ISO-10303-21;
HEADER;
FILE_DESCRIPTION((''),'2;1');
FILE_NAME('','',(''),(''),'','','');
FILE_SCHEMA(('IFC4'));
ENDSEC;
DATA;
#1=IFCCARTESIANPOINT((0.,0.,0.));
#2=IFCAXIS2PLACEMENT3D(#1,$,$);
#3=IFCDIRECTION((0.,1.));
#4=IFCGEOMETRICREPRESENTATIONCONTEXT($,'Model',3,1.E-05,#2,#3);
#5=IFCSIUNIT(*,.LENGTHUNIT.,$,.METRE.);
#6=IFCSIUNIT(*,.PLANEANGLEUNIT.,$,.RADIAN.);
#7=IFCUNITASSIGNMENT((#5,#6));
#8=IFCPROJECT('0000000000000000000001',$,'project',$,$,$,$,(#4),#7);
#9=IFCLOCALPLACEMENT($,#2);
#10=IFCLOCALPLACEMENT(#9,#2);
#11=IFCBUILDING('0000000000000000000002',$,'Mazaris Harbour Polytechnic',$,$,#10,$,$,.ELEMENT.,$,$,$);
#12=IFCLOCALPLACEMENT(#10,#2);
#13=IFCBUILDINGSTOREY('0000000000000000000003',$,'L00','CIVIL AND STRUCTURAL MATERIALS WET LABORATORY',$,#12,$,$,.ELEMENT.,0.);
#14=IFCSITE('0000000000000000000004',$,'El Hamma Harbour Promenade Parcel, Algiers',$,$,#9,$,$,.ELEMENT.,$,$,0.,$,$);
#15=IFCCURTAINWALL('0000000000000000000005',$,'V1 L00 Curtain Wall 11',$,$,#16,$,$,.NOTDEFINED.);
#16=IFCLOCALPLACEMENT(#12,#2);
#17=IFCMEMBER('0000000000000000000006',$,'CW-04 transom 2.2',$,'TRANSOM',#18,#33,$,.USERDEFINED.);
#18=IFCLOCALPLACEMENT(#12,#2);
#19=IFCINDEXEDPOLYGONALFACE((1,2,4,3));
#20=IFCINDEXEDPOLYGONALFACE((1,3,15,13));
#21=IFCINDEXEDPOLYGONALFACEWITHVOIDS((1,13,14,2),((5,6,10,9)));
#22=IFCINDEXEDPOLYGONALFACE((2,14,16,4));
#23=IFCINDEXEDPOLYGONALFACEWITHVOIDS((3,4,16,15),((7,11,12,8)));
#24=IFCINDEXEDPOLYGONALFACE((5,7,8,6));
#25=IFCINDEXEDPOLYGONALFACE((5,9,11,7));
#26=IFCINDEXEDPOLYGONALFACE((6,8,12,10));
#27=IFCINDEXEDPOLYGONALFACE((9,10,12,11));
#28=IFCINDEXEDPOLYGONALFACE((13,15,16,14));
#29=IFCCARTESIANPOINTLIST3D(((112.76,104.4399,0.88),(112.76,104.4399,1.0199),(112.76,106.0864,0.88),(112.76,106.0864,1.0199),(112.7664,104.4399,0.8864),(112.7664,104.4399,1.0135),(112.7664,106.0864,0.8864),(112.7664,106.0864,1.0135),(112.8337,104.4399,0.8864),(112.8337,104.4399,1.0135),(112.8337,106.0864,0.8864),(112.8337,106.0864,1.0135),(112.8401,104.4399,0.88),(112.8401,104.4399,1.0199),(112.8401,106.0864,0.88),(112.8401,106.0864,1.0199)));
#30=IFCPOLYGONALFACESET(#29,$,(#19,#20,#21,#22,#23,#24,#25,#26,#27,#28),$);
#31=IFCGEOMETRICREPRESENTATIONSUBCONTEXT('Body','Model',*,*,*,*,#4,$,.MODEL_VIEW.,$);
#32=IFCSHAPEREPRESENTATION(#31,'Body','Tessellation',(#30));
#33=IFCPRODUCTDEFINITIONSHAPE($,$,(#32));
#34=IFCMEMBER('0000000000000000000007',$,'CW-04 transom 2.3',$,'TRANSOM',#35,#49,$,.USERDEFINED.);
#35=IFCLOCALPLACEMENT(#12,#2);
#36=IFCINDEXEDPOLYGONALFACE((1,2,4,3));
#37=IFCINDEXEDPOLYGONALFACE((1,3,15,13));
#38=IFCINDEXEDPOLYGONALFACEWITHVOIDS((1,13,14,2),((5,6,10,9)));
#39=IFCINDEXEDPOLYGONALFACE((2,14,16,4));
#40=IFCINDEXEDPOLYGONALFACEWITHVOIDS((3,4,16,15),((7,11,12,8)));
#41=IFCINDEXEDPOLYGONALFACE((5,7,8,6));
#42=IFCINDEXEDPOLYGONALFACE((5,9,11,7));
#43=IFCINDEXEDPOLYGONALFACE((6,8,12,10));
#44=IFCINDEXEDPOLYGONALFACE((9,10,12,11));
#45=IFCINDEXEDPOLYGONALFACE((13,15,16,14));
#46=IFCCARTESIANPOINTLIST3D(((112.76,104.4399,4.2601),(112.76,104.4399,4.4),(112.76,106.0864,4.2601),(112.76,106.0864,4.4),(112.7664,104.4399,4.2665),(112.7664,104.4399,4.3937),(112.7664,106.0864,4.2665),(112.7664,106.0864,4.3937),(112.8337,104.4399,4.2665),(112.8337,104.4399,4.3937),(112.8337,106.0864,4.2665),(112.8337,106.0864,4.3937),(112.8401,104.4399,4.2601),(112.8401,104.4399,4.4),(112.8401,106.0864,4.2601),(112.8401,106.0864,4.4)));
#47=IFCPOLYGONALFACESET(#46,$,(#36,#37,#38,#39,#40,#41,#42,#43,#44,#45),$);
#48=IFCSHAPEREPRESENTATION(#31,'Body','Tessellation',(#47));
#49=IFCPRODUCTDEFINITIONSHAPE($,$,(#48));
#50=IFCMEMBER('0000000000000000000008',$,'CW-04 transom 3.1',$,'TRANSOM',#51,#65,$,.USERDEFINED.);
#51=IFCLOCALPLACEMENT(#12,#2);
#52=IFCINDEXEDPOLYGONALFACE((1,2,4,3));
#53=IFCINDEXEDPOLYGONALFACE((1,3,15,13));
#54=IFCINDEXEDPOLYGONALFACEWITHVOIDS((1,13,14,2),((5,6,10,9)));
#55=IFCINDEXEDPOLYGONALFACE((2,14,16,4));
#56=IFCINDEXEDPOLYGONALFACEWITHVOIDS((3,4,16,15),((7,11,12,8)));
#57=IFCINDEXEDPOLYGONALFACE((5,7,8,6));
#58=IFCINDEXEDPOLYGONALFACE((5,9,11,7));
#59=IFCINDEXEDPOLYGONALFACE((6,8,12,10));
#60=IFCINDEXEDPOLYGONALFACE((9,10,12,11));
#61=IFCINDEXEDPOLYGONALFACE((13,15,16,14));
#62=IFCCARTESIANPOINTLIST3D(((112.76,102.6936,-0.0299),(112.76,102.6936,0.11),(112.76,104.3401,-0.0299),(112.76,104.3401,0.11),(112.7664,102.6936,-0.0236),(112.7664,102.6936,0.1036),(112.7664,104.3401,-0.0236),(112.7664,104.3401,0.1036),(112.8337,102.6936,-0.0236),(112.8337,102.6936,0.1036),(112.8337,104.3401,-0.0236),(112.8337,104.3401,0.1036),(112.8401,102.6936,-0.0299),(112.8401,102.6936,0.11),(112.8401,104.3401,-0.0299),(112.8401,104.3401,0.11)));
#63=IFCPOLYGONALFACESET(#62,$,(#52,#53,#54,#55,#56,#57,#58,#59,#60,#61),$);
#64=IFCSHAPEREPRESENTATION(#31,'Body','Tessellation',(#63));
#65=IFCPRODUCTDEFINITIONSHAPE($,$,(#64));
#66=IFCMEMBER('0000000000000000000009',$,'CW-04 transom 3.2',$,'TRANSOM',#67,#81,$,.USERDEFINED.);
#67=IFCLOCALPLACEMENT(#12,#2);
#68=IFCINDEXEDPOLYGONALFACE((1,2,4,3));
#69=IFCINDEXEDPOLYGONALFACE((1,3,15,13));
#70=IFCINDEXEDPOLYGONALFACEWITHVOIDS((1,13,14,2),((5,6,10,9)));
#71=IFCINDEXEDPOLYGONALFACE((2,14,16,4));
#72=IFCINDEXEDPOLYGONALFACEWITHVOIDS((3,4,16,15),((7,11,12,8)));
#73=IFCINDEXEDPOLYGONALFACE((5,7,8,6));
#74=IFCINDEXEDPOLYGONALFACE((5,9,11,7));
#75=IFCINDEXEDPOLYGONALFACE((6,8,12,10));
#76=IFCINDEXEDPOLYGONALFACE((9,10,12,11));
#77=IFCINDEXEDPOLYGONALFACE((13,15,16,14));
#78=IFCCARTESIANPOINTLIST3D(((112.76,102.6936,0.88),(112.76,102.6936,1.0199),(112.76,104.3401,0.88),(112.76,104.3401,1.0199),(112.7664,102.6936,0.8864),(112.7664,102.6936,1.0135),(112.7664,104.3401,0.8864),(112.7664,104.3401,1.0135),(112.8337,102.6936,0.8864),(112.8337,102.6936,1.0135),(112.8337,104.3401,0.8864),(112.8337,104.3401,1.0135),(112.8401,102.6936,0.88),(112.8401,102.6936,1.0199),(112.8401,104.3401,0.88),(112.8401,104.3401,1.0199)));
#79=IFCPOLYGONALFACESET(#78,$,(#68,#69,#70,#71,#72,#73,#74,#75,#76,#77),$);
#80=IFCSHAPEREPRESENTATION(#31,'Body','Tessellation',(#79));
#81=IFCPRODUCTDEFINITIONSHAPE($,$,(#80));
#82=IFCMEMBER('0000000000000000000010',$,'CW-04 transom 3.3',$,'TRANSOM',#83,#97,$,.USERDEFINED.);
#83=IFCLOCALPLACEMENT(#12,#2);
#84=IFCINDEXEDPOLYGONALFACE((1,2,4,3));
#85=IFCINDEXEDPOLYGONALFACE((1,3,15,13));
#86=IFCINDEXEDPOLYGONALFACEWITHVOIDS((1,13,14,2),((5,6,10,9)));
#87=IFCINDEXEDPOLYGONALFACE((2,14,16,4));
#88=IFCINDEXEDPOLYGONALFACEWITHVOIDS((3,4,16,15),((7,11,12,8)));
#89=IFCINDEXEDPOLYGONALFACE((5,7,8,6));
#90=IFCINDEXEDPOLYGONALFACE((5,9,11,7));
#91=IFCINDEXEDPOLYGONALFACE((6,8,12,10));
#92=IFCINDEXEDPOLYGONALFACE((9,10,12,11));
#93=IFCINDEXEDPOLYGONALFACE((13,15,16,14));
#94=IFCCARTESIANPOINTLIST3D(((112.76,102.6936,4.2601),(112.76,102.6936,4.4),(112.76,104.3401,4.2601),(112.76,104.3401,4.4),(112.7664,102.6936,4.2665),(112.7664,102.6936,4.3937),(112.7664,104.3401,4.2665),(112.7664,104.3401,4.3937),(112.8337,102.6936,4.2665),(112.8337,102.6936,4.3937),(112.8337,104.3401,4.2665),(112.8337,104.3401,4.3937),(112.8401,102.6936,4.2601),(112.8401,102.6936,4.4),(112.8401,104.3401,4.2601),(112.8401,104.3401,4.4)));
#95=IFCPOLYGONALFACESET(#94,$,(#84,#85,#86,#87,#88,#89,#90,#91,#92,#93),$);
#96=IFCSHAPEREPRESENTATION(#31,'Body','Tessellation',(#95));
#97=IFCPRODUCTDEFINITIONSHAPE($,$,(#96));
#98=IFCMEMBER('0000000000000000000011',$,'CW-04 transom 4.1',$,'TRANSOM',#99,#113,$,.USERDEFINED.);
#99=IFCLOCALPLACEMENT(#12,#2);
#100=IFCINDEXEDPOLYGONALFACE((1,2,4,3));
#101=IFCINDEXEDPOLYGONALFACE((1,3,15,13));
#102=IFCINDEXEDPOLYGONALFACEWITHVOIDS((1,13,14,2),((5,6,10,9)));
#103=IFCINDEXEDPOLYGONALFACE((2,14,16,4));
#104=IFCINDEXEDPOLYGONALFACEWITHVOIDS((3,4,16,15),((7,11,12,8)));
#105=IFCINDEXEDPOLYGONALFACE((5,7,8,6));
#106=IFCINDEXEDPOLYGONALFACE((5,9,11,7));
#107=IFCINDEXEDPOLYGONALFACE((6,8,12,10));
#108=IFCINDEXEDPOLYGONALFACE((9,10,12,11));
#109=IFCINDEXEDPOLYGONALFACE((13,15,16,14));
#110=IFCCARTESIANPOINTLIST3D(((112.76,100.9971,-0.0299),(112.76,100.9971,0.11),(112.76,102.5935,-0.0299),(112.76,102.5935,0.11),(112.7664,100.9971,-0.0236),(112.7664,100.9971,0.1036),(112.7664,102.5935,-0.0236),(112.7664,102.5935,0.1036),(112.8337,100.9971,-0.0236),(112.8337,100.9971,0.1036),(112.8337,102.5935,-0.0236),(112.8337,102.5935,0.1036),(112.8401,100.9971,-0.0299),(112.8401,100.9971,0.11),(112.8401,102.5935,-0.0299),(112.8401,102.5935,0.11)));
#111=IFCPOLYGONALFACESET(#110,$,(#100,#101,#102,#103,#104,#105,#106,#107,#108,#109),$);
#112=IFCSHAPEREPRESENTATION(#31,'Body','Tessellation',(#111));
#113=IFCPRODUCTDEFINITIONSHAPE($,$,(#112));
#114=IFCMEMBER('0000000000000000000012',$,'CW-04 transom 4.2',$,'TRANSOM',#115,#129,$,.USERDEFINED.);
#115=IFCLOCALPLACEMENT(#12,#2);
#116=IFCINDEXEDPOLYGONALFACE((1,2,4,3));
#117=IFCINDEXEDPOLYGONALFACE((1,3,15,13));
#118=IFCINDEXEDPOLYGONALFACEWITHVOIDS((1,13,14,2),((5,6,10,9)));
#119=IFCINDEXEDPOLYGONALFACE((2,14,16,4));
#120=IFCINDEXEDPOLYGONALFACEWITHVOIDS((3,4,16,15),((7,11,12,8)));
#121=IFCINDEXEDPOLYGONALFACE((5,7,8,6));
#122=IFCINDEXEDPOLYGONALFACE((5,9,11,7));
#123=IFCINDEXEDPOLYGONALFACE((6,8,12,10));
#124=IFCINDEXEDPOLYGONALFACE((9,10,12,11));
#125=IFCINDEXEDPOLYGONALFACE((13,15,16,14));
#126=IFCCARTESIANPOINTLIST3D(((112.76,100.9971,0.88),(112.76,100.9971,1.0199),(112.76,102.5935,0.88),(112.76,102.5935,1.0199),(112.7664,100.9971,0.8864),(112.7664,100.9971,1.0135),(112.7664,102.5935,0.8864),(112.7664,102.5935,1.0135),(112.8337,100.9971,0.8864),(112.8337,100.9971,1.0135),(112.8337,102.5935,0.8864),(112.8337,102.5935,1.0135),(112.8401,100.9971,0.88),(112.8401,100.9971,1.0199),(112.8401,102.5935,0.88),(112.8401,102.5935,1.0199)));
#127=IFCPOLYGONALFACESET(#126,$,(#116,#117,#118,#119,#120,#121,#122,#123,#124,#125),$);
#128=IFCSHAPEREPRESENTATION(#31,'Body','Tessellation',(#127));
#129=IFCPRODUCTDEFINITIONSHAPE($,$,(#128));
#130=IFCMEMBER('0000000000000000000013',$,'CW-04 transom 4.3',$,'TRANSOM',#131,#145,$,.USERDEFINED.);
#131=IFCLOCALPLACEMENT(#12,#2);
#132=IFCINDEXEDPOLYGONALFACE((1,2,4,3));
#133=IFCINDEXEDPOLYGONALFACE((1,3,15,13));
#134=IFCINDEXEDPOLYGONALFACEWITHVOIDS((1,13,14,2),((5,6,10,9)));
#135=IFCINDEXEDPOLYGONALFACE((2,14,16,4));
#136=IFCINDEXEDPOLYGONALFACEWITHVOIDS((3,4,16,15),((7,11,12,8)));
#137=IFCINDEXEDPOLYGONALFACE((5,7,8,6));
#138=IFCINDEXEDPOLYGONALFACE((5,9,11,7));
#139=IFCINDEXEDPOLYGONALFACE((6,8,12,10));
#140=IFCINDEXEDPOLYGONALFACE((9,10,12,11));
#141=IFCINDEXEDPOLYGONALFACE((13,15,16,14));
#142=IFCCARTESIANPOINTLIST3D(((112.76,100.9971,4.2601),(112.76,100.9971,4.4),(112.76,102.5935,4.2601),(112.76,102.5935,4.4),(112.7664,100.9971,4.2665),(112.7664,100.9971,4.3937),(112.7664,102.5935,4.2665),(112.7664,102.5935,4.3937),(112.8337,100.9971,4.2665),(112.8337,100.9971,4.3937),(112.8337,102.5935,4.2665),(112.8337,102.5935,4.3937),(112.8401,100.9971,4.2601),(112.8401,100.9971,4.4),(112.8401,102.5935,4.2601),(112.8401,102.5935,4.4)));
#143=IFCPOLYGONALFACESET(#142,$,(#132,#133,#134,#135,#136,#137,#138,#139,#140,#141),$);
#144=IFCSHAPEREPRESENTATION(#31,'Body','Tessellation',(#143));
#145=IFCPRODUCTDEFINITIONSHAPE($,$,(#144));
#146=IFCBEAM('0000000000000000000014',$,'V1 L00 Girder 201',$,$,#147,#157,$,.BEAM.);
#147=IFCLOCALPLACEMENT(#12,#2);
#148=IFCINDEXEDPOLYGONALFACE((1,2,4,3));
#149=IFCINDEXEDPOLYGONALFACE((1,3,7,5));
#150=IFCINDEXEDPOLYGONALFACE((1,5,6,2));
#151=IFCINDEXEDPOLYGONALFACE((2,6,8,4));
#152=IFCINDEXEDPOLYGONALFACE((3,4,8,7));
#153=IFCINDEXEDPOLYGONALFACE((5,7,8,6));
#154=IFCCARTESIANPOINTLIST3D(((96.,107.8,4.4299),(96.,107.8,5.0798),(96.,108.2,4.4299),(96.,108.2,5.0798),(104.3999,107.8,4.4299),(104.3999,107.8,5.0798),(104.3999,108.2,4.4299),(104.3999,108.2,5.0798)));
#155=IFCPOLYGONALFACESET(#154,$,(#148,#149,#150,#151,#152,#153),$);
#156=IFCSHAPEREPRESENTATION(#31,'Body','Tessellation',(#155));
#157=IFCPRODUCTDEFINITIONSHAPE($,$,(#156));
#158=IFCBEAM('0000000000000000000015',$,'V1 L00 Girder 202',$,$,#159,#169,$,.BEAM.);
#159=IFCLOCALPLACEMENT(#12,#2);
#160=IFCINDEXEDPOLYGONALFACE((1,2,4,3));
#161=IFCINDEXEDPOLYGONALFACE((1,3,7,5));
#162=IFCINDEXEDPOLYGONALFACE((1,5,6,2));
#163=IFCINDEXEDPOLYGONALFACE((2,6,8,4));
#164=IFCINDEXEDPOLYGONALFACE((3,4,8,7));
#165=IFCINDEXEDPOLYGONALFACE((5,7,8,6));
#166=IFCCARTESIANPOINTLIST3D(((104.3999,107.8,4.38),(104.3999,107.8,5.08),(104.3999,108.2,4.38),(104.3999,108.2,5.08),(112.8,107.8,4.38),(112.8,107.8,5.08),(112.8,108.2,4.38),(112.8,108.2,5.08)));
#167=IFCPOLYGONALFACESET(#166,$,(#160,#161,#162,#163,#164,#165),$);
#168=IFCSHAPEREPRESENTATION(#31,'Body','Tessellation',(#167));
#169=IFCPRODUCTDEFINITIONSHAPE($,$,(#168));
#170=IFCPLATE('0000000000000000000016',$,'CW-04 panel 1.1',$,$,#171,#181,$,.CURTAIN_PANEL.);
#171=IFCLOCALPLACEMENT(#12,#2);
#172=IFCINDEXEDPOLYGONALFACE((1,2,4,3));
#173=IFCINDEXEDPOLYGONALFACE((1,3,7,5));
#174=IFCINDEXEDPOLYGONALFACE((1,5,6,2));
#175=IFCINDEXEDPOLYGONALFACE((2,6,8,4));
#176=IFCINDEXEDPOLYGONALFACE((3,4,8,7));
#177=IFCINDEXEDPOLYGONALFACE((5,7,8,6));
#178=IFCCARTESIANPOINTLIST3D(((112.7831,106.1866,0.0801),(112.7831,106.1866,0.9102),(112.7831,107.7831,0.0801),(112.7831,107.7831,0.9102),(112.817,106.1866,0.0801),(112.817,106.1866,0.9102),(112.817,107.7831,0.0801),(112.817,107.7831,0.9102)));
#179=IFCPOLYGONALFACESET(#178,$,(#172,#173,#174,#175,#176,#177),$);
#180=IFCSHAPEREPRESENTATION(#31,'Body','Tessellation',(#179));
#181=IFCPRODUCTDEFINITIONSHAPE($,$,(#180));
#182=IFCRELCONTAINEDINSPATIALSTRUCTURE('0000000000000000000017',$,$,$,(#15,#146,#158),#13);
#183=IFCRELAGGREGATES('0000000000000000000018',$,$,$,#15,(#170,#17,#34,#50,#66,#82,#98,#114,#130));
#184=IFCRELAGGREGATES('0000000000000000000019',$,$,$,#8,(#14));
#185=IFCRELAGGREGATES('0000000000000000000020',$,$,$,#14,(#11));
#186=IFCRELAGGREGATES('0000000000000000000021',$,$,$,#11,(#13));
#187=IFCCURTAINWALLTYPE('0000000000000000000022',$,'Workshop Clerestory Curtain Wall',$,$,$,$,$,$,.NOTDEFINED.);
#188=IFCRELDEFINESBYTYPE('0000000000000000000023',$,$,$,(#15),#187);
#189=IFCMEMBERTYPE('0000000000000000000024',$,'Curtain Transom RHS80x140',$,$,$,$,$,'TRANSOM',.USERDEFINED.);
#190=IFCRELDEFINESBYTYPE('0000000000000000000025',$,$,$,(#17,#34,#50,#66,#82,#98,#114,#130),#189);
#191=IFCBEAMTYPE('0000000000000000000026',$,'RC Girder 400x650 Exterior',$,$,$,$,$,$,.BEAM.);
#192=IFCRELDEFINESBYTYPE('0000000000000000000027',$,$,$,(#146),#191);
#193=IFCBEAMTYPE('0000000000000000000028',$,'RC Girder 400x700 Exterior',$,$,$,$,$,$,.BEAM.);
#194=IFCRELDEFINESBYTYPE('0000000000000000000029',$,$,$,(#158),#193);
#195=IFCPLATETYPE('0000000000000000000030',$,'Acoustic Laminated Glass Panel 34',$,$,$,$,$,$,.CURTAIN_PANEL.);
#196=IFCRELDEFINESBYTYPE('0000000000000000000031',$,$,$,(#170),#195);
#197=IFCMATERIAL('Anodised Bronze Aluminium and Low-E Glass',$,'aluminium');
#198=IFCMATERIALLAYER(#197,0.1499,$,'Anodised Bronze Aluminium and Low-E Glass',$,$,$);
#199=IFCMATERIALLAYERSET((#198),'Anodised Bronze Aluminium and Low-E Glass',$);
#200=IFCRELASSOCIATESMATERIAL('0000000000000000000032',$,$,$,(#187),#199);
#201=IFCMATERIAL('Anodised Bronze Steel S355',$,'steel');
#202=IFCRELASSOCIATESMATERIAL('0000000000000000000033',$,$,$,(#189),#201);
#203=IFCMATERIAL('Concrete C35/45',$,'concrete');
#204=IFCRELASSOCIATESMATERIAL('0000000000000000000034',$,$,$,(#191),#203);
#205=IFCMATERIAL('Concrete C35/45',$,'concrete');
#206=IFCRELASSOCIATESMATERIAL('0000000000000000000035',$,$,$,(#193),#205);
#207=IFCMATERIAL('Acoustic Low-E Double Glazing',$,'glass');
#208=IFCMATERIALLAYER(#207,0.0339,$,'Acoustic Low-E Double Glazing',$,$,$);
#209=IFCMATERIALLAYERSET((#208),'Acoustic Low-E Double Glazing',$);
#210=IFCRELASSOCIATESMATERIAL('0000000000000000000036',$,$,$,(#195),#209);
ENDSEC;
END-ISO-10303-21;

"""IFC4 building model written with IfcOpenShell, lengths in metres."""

from ifc_helpers import new_model, si_unit, direction, frame, origin, origin_2d, place, context, subcontext, project, spatial, rectangle, hollow_rectangle, extrude, material, layer, layer_set, material_profile, profile_set, type_object, element, aggregate, save


model = new_model("IFC4")

# Units and contexts
model_context = context("Model", 3, precision=1e-05, world=origin(), true_north=direction((0.0, 1.0)))
body_context = subcontext(model_context, "Body", "Model", "MODEL_VIEW")
ifc_project = project(units=[si_unit("LENGTHUNIT", "METRE"), si_unit("PLANEANGLEUNIT", "RADIAN")], contexts=[model_context])

# Site, building, storey
site_placement = place(None, origin())
site = spatial("IfcSite", under=ifc_project, at=site_placement, Name="El Hamma Harbour Promenade Parcel, Algiers", CompositionType="ELEMENT", RefElevation=0.0)
building_placement = place(site_placement, origin())
building = spatial("IfcBuilding", under=site, at=building_placement, Name="Mazaris Harbour Polytechnic", CompositionType="ELEMENT")
storey_placement = place(building_placement, origin())
storey = spatial("IfcBuildingStorey", under=building, at=storey_placement, Name="L00", Description="CIVIL AND STRUCTURAL MATERIALS WET LABORATORY", CompositionType="ELEMENT", Elevation=0.0)

# Curtain wall, members
ifc_material_1 = material(Name="Anodised Bronze Aluminium and Low-E Glass", Category="aluminium")
ifc_layer_1 = layer(ifc_material_1, 0.1499, Name="Anodised Bronze Aluminium and Low-E Glass")
ifc_layer_set_1 = layer_set([ifc_layer_1], Name="Anodised Bronze Aluminium and Low-E Glass")
curtain_wall_type = type_object("IfcCurtainWallType", Name="Workshop Clerestory Curtain Wall", PredefinedType="NOTDEFINED", material=ifc_layer_set_1)
curtain_wall_placement = place(storey_placement, origin())
curtain_wall = element("IfcCurtainWall", 1, at=curtain_wall_placement, inside=storey, type_object=curtain_wall_type, Name="V1 L00 Curtain Wall 11", PredefinedType="NOTDEFINED")
ifc_material_2 = material(Name="Anodised Bronze Steel S355", Category="steel")
ifc_material_profile_1 = material_profile(ifc_material_2, hollow_rectangle(XDim=0.0801, YDim=0.1399, WallThickness=0.0063, at=origin_2d()), Name="RHS 80x140x6.3")
ifc_profile_set_1 = profile_set([ifc_material_profile_1], Name="Anodised Bronze Steel S355")
member_type_1 = type_object("IfcMemberType", Name="Curtain Transom RHS80x140", ElementType="TRANSOM", PredefinedType="USERDEFINED", material=ifc_profile_set_1)
member_1_placement = place(storey_placement, frame((112.8, 106.0864, 0.95), z_axis=(0.0, -1.0, 0.0), x_axis=(1.0, 0.0, 0.0)))
member_1 = element("IfcMember", 2, at=member_1_placement, type_object=member_type_1, Name="CW-04 transom 2.2", ObjectType="TRANSOM", PredefinedType="USERDEFINED", context=body_context, shape_type="SweptSolid", body=[
    extrude(hollow_rectangle(XDim=0.0801, YDim=0.1399, WallThickness=0.0063, at=origin_2d()), origin(), (0.0, 0.0, 1.0), 1.6465),
])
member_2_placement = place(storey_placement, frame((112.8, 106.0864, 4.3301), z_axis=(0.0, -1.0, 0.0), x_axis=(1.0, 0.0, 0.0)))
member_2 = element("IfcMember", 3, at=member_2_placement, type_object=member_type_1, Name="CW-04 transom 2.3", ObjectType="TRANSOM", PredefinedType="USERDEFINED", context=body_context, shape_type="SweptSolid", body=[
    extrude(hollow_rectangle(XDim=0.0801, YDim=0.1399, WallThickness=0.0063, at=origin_2d()), origin(), (0.0, 0.0, 1.0), 1.6465),
])
member_3_placement = place(storey_placement, frame((112.8, 104.3401, 0.04), z_axis=(0.0, -1.0, 0.0), x_axis=(1.0, 0.0, 0.0)))
member_3 = element("IfcMember", 4, at=member_3_placement, type_object=member_type_1, Name="CW-04 transom 3.1", ObjectType="TRANSOM", PredefinedType="USERDEFINED", context=body_context, shape_type="SweptSolid", body=[
    extrude(hollow_rectangle(XDim=0.0801, YDim=0.1399, WallThickness=0.0063, at=origin_2d()), origin(), (0.0, 0.0, 1.0), 1.6465),
])
member_4_placement = place(storey_placement, frame((112.8, 104.3401, 0.95), z_axis=(0.0, -1.0, 0.0), x_axis=(1.0, 0.0, 0.0)))
member_4 = element("IfcMember", 5, at=member_4_placement, type_object=member_type_1, Name="CW-04 transom 3.2", ObjectType="TRANSOM", PredefinedType="USERDEFINED", context=body_context, shape_type="SweptSolid", body=[
    extrude(hollow_rectangle(XDim=0.0801, YDim=0.1399, WallThickness=0.0063, at=origin_2d()), origin(), (0.0, 0.0, 1.0), 1.6465),
])
member_5_placement = place(storey_placement, frame((112.8, 104.3401, 4.3301), z_axis=(0.0, -1.0, 0.0), x_axis=(1.0, 0.0, 0.0)))
member_5 = element("IfcMember", 6, at=member_5_placement, type_object=member_type_1, Name="CW-04 transom 3.3", ObjectType="TRANSOM", PredefinedType="USERDEFINED", context=body_context, shape_type="SweptSolid", body=[
    extrude(hollow_rectangle(XDim=0.0801, YDim=0.1399, WallThickness=0.0063, at=origin_2d()), origin(), (0.0, 0.0, 1.0), 1.6465),
])
member_6_placement = place(storey_placement, frame((112.8, 102.5935, 0.04), z_axis=(0.0, -1.0, 0.0), x_axis=(1.0, 0.0, 0.0)))
member_6 = element("IfcMember", 7, at=member_6_placement, type_object=member_type_1, Name="CW-04 transom 4.1", ObjectType="TRANSOM", PredefinedType="USERDEFINED", context=body_context, shape_type="SweptSolid", body=[
    extrude(hollow_rectangle(XDim=0.0801, YDim=0.1399, WallThickness=0.0063, at=origin_2d()), origin(), (0.0, 0.0, 1.0), 1.5964),
])
member_7_placement = place(storey_placement, frame((112.8, 102.5935, 0.95), z_axis=(0.0, -1.0, 0.0), x_axis=(1.0, 0.0, 0.0)))
member_7 = element("IfcMember", 8, at=member_7_placement, type_object=member_type_1, Name="CW-04 transom 4.2", ObjectType="TRANSOM", PredefinedType="USERDEFINED", context=body_context, shape_type="SweptSolid", body=[
    extrude(hollow_rectangle(XDim=0.0801, YDim=0.1399, WallThickness=0.0063, at=origin_2d()), origin(), (0.0, 0.0, 1.0), 1.5964),
])
member_8_placement = place(storey_placement, frame((112.8, 102.5935, 4.3301), z_axis=(0.0, -1.0, 0.0), x_axis=(1.0, 0.0, 0.0)))
member_8 = element("IfcMember", 9, at=member_8_placement, type_object=member_type_1, Name="CW-04 transom 4.3", ObjectType="TRANSOM", PredefinedType="USERDEFINED", context=body_context, shape_type="SweptSolid", body=[
    extrude(hollow_rectangle(XDim=0.0801, YDim=0.1399, WallThickness=0.0063, at=origin_2d()), origin(), (0.0, 0.0, 1.0), 1.5964),
])

# Beams
ifc_material_3 = material(Name="Concrete C35/45", Category="concrete")
ifc_material_profile_2 = material_profile(ifc_material_3, rectangle(XDim=0.3999, YDim=0.6499, at=origin_2d()), Name="RECT400x650")
ifc_profile_set_2 = profile_set([ifc_material_profile_2], Name="Concrete C35/45")
beam_type_1 = type_object("IfcBeamType", Name="RC Girder 400x650 Exterior", PredefinedType="BEAM", material=ifc_profile_set_2)
beam_1_placement = place(storey_placement, frame((96.0, 108.0, 4.7549), z_axis=(1.0, 0.0, 0.0), x_axis=(0.0, 1.0, 0.0)))
element("IfcBeam", 10, at=beam_1_placement, inside=storey, type_object=beam_type_1, Name="V1 L00 Girder 201", PredefinedType="BEAM", context=body_context, shape_type="SweptSolid", body=[
    extrude(rectangle(XDim=0.3999, YDim=0.6499, at=origin_2d()), origin(), (0.0, 0.0, 1.0), 8.3999),
])
ifc_material_4 = material(Name="Concrete C35/45", Category="concrete")
ifc_material_profile_3 = material_profile(ifc_material_4, rectangle(XDim=0.3999, YDim=0.7, at=origin_2d()), Name="RECT400x700")
ifc_profile_set_3 = profile_set([ifc_material_profile_3], Name="Concrete C35/45")
beam_type_2 = type_object("IfcBeamType", Name="RC Girder 400x700 Exterior", PredefinedType="BEAM", material=ifc_profile_set_3)
beam_2_placement = place(storey_placement, frame((104.3999, 108.0, 4.73), z_axis=(1.0, 0.0, 0.0), x_axis=(0.0, 1.0, 0.0)))
element("IfcBeam", 11, at=beam_2_placement, inside=storey, type_object=beam_type_2, Name="V1 L00 Girder 202", PredefinedType="BEAM", context=body_context, shape_type="SweptSolid", body=[
    extrude(rectangle(XDim=0.3999, YDim=0.7, at=origin_2d()), origin(), (0.0, 0.0, 1.0), 8.4001),
])

# Plate
ifc_material_5 = material(Name="Acoustic Low-E Double Glazing", Category="glass")
ifc_layer_2 = layer(ifc_material_5, 0.0339, Name="Acoustic Low-E Double Glazing")
ifc_layer_set_2 = layer_set([ifc_layer_2], Name="Acoustic Low-E Double Glazing")
plate_type = type_object("IfcPlateType", Name="Acoustic Laminated Glass Panel 34", PredefinedType="CURTAIN_PANEL", material=ifc_layer_set_2)
plate_1_placement = place(storey_placement, frame((112.8, 106.9849, 0.0801), z_axis=(0.0, 0.0, 1.0), x_axis=(0.0, -1.0, 0.0)))
plate_1 = element("IfcPlate", 12, at=plate_1_placement, type_object=plate_type, Name="CW-04 panel 1.1", PredefinedType="CURTAIN_PANEL", context=body_context, shape_type="SweptSolid", body=[
    extrude(rectangle(XDim=1.5964, YDim=0.0339, at=origin_2d()), origin(), (0.0, 0.0, 1.0), 0.8301),
])
aggregate(curtain_wall, [plate_1, member_1, member_2, member_3, member_4, member_5, member_6, member_7, member_8])

save(model, "model.ifc")
